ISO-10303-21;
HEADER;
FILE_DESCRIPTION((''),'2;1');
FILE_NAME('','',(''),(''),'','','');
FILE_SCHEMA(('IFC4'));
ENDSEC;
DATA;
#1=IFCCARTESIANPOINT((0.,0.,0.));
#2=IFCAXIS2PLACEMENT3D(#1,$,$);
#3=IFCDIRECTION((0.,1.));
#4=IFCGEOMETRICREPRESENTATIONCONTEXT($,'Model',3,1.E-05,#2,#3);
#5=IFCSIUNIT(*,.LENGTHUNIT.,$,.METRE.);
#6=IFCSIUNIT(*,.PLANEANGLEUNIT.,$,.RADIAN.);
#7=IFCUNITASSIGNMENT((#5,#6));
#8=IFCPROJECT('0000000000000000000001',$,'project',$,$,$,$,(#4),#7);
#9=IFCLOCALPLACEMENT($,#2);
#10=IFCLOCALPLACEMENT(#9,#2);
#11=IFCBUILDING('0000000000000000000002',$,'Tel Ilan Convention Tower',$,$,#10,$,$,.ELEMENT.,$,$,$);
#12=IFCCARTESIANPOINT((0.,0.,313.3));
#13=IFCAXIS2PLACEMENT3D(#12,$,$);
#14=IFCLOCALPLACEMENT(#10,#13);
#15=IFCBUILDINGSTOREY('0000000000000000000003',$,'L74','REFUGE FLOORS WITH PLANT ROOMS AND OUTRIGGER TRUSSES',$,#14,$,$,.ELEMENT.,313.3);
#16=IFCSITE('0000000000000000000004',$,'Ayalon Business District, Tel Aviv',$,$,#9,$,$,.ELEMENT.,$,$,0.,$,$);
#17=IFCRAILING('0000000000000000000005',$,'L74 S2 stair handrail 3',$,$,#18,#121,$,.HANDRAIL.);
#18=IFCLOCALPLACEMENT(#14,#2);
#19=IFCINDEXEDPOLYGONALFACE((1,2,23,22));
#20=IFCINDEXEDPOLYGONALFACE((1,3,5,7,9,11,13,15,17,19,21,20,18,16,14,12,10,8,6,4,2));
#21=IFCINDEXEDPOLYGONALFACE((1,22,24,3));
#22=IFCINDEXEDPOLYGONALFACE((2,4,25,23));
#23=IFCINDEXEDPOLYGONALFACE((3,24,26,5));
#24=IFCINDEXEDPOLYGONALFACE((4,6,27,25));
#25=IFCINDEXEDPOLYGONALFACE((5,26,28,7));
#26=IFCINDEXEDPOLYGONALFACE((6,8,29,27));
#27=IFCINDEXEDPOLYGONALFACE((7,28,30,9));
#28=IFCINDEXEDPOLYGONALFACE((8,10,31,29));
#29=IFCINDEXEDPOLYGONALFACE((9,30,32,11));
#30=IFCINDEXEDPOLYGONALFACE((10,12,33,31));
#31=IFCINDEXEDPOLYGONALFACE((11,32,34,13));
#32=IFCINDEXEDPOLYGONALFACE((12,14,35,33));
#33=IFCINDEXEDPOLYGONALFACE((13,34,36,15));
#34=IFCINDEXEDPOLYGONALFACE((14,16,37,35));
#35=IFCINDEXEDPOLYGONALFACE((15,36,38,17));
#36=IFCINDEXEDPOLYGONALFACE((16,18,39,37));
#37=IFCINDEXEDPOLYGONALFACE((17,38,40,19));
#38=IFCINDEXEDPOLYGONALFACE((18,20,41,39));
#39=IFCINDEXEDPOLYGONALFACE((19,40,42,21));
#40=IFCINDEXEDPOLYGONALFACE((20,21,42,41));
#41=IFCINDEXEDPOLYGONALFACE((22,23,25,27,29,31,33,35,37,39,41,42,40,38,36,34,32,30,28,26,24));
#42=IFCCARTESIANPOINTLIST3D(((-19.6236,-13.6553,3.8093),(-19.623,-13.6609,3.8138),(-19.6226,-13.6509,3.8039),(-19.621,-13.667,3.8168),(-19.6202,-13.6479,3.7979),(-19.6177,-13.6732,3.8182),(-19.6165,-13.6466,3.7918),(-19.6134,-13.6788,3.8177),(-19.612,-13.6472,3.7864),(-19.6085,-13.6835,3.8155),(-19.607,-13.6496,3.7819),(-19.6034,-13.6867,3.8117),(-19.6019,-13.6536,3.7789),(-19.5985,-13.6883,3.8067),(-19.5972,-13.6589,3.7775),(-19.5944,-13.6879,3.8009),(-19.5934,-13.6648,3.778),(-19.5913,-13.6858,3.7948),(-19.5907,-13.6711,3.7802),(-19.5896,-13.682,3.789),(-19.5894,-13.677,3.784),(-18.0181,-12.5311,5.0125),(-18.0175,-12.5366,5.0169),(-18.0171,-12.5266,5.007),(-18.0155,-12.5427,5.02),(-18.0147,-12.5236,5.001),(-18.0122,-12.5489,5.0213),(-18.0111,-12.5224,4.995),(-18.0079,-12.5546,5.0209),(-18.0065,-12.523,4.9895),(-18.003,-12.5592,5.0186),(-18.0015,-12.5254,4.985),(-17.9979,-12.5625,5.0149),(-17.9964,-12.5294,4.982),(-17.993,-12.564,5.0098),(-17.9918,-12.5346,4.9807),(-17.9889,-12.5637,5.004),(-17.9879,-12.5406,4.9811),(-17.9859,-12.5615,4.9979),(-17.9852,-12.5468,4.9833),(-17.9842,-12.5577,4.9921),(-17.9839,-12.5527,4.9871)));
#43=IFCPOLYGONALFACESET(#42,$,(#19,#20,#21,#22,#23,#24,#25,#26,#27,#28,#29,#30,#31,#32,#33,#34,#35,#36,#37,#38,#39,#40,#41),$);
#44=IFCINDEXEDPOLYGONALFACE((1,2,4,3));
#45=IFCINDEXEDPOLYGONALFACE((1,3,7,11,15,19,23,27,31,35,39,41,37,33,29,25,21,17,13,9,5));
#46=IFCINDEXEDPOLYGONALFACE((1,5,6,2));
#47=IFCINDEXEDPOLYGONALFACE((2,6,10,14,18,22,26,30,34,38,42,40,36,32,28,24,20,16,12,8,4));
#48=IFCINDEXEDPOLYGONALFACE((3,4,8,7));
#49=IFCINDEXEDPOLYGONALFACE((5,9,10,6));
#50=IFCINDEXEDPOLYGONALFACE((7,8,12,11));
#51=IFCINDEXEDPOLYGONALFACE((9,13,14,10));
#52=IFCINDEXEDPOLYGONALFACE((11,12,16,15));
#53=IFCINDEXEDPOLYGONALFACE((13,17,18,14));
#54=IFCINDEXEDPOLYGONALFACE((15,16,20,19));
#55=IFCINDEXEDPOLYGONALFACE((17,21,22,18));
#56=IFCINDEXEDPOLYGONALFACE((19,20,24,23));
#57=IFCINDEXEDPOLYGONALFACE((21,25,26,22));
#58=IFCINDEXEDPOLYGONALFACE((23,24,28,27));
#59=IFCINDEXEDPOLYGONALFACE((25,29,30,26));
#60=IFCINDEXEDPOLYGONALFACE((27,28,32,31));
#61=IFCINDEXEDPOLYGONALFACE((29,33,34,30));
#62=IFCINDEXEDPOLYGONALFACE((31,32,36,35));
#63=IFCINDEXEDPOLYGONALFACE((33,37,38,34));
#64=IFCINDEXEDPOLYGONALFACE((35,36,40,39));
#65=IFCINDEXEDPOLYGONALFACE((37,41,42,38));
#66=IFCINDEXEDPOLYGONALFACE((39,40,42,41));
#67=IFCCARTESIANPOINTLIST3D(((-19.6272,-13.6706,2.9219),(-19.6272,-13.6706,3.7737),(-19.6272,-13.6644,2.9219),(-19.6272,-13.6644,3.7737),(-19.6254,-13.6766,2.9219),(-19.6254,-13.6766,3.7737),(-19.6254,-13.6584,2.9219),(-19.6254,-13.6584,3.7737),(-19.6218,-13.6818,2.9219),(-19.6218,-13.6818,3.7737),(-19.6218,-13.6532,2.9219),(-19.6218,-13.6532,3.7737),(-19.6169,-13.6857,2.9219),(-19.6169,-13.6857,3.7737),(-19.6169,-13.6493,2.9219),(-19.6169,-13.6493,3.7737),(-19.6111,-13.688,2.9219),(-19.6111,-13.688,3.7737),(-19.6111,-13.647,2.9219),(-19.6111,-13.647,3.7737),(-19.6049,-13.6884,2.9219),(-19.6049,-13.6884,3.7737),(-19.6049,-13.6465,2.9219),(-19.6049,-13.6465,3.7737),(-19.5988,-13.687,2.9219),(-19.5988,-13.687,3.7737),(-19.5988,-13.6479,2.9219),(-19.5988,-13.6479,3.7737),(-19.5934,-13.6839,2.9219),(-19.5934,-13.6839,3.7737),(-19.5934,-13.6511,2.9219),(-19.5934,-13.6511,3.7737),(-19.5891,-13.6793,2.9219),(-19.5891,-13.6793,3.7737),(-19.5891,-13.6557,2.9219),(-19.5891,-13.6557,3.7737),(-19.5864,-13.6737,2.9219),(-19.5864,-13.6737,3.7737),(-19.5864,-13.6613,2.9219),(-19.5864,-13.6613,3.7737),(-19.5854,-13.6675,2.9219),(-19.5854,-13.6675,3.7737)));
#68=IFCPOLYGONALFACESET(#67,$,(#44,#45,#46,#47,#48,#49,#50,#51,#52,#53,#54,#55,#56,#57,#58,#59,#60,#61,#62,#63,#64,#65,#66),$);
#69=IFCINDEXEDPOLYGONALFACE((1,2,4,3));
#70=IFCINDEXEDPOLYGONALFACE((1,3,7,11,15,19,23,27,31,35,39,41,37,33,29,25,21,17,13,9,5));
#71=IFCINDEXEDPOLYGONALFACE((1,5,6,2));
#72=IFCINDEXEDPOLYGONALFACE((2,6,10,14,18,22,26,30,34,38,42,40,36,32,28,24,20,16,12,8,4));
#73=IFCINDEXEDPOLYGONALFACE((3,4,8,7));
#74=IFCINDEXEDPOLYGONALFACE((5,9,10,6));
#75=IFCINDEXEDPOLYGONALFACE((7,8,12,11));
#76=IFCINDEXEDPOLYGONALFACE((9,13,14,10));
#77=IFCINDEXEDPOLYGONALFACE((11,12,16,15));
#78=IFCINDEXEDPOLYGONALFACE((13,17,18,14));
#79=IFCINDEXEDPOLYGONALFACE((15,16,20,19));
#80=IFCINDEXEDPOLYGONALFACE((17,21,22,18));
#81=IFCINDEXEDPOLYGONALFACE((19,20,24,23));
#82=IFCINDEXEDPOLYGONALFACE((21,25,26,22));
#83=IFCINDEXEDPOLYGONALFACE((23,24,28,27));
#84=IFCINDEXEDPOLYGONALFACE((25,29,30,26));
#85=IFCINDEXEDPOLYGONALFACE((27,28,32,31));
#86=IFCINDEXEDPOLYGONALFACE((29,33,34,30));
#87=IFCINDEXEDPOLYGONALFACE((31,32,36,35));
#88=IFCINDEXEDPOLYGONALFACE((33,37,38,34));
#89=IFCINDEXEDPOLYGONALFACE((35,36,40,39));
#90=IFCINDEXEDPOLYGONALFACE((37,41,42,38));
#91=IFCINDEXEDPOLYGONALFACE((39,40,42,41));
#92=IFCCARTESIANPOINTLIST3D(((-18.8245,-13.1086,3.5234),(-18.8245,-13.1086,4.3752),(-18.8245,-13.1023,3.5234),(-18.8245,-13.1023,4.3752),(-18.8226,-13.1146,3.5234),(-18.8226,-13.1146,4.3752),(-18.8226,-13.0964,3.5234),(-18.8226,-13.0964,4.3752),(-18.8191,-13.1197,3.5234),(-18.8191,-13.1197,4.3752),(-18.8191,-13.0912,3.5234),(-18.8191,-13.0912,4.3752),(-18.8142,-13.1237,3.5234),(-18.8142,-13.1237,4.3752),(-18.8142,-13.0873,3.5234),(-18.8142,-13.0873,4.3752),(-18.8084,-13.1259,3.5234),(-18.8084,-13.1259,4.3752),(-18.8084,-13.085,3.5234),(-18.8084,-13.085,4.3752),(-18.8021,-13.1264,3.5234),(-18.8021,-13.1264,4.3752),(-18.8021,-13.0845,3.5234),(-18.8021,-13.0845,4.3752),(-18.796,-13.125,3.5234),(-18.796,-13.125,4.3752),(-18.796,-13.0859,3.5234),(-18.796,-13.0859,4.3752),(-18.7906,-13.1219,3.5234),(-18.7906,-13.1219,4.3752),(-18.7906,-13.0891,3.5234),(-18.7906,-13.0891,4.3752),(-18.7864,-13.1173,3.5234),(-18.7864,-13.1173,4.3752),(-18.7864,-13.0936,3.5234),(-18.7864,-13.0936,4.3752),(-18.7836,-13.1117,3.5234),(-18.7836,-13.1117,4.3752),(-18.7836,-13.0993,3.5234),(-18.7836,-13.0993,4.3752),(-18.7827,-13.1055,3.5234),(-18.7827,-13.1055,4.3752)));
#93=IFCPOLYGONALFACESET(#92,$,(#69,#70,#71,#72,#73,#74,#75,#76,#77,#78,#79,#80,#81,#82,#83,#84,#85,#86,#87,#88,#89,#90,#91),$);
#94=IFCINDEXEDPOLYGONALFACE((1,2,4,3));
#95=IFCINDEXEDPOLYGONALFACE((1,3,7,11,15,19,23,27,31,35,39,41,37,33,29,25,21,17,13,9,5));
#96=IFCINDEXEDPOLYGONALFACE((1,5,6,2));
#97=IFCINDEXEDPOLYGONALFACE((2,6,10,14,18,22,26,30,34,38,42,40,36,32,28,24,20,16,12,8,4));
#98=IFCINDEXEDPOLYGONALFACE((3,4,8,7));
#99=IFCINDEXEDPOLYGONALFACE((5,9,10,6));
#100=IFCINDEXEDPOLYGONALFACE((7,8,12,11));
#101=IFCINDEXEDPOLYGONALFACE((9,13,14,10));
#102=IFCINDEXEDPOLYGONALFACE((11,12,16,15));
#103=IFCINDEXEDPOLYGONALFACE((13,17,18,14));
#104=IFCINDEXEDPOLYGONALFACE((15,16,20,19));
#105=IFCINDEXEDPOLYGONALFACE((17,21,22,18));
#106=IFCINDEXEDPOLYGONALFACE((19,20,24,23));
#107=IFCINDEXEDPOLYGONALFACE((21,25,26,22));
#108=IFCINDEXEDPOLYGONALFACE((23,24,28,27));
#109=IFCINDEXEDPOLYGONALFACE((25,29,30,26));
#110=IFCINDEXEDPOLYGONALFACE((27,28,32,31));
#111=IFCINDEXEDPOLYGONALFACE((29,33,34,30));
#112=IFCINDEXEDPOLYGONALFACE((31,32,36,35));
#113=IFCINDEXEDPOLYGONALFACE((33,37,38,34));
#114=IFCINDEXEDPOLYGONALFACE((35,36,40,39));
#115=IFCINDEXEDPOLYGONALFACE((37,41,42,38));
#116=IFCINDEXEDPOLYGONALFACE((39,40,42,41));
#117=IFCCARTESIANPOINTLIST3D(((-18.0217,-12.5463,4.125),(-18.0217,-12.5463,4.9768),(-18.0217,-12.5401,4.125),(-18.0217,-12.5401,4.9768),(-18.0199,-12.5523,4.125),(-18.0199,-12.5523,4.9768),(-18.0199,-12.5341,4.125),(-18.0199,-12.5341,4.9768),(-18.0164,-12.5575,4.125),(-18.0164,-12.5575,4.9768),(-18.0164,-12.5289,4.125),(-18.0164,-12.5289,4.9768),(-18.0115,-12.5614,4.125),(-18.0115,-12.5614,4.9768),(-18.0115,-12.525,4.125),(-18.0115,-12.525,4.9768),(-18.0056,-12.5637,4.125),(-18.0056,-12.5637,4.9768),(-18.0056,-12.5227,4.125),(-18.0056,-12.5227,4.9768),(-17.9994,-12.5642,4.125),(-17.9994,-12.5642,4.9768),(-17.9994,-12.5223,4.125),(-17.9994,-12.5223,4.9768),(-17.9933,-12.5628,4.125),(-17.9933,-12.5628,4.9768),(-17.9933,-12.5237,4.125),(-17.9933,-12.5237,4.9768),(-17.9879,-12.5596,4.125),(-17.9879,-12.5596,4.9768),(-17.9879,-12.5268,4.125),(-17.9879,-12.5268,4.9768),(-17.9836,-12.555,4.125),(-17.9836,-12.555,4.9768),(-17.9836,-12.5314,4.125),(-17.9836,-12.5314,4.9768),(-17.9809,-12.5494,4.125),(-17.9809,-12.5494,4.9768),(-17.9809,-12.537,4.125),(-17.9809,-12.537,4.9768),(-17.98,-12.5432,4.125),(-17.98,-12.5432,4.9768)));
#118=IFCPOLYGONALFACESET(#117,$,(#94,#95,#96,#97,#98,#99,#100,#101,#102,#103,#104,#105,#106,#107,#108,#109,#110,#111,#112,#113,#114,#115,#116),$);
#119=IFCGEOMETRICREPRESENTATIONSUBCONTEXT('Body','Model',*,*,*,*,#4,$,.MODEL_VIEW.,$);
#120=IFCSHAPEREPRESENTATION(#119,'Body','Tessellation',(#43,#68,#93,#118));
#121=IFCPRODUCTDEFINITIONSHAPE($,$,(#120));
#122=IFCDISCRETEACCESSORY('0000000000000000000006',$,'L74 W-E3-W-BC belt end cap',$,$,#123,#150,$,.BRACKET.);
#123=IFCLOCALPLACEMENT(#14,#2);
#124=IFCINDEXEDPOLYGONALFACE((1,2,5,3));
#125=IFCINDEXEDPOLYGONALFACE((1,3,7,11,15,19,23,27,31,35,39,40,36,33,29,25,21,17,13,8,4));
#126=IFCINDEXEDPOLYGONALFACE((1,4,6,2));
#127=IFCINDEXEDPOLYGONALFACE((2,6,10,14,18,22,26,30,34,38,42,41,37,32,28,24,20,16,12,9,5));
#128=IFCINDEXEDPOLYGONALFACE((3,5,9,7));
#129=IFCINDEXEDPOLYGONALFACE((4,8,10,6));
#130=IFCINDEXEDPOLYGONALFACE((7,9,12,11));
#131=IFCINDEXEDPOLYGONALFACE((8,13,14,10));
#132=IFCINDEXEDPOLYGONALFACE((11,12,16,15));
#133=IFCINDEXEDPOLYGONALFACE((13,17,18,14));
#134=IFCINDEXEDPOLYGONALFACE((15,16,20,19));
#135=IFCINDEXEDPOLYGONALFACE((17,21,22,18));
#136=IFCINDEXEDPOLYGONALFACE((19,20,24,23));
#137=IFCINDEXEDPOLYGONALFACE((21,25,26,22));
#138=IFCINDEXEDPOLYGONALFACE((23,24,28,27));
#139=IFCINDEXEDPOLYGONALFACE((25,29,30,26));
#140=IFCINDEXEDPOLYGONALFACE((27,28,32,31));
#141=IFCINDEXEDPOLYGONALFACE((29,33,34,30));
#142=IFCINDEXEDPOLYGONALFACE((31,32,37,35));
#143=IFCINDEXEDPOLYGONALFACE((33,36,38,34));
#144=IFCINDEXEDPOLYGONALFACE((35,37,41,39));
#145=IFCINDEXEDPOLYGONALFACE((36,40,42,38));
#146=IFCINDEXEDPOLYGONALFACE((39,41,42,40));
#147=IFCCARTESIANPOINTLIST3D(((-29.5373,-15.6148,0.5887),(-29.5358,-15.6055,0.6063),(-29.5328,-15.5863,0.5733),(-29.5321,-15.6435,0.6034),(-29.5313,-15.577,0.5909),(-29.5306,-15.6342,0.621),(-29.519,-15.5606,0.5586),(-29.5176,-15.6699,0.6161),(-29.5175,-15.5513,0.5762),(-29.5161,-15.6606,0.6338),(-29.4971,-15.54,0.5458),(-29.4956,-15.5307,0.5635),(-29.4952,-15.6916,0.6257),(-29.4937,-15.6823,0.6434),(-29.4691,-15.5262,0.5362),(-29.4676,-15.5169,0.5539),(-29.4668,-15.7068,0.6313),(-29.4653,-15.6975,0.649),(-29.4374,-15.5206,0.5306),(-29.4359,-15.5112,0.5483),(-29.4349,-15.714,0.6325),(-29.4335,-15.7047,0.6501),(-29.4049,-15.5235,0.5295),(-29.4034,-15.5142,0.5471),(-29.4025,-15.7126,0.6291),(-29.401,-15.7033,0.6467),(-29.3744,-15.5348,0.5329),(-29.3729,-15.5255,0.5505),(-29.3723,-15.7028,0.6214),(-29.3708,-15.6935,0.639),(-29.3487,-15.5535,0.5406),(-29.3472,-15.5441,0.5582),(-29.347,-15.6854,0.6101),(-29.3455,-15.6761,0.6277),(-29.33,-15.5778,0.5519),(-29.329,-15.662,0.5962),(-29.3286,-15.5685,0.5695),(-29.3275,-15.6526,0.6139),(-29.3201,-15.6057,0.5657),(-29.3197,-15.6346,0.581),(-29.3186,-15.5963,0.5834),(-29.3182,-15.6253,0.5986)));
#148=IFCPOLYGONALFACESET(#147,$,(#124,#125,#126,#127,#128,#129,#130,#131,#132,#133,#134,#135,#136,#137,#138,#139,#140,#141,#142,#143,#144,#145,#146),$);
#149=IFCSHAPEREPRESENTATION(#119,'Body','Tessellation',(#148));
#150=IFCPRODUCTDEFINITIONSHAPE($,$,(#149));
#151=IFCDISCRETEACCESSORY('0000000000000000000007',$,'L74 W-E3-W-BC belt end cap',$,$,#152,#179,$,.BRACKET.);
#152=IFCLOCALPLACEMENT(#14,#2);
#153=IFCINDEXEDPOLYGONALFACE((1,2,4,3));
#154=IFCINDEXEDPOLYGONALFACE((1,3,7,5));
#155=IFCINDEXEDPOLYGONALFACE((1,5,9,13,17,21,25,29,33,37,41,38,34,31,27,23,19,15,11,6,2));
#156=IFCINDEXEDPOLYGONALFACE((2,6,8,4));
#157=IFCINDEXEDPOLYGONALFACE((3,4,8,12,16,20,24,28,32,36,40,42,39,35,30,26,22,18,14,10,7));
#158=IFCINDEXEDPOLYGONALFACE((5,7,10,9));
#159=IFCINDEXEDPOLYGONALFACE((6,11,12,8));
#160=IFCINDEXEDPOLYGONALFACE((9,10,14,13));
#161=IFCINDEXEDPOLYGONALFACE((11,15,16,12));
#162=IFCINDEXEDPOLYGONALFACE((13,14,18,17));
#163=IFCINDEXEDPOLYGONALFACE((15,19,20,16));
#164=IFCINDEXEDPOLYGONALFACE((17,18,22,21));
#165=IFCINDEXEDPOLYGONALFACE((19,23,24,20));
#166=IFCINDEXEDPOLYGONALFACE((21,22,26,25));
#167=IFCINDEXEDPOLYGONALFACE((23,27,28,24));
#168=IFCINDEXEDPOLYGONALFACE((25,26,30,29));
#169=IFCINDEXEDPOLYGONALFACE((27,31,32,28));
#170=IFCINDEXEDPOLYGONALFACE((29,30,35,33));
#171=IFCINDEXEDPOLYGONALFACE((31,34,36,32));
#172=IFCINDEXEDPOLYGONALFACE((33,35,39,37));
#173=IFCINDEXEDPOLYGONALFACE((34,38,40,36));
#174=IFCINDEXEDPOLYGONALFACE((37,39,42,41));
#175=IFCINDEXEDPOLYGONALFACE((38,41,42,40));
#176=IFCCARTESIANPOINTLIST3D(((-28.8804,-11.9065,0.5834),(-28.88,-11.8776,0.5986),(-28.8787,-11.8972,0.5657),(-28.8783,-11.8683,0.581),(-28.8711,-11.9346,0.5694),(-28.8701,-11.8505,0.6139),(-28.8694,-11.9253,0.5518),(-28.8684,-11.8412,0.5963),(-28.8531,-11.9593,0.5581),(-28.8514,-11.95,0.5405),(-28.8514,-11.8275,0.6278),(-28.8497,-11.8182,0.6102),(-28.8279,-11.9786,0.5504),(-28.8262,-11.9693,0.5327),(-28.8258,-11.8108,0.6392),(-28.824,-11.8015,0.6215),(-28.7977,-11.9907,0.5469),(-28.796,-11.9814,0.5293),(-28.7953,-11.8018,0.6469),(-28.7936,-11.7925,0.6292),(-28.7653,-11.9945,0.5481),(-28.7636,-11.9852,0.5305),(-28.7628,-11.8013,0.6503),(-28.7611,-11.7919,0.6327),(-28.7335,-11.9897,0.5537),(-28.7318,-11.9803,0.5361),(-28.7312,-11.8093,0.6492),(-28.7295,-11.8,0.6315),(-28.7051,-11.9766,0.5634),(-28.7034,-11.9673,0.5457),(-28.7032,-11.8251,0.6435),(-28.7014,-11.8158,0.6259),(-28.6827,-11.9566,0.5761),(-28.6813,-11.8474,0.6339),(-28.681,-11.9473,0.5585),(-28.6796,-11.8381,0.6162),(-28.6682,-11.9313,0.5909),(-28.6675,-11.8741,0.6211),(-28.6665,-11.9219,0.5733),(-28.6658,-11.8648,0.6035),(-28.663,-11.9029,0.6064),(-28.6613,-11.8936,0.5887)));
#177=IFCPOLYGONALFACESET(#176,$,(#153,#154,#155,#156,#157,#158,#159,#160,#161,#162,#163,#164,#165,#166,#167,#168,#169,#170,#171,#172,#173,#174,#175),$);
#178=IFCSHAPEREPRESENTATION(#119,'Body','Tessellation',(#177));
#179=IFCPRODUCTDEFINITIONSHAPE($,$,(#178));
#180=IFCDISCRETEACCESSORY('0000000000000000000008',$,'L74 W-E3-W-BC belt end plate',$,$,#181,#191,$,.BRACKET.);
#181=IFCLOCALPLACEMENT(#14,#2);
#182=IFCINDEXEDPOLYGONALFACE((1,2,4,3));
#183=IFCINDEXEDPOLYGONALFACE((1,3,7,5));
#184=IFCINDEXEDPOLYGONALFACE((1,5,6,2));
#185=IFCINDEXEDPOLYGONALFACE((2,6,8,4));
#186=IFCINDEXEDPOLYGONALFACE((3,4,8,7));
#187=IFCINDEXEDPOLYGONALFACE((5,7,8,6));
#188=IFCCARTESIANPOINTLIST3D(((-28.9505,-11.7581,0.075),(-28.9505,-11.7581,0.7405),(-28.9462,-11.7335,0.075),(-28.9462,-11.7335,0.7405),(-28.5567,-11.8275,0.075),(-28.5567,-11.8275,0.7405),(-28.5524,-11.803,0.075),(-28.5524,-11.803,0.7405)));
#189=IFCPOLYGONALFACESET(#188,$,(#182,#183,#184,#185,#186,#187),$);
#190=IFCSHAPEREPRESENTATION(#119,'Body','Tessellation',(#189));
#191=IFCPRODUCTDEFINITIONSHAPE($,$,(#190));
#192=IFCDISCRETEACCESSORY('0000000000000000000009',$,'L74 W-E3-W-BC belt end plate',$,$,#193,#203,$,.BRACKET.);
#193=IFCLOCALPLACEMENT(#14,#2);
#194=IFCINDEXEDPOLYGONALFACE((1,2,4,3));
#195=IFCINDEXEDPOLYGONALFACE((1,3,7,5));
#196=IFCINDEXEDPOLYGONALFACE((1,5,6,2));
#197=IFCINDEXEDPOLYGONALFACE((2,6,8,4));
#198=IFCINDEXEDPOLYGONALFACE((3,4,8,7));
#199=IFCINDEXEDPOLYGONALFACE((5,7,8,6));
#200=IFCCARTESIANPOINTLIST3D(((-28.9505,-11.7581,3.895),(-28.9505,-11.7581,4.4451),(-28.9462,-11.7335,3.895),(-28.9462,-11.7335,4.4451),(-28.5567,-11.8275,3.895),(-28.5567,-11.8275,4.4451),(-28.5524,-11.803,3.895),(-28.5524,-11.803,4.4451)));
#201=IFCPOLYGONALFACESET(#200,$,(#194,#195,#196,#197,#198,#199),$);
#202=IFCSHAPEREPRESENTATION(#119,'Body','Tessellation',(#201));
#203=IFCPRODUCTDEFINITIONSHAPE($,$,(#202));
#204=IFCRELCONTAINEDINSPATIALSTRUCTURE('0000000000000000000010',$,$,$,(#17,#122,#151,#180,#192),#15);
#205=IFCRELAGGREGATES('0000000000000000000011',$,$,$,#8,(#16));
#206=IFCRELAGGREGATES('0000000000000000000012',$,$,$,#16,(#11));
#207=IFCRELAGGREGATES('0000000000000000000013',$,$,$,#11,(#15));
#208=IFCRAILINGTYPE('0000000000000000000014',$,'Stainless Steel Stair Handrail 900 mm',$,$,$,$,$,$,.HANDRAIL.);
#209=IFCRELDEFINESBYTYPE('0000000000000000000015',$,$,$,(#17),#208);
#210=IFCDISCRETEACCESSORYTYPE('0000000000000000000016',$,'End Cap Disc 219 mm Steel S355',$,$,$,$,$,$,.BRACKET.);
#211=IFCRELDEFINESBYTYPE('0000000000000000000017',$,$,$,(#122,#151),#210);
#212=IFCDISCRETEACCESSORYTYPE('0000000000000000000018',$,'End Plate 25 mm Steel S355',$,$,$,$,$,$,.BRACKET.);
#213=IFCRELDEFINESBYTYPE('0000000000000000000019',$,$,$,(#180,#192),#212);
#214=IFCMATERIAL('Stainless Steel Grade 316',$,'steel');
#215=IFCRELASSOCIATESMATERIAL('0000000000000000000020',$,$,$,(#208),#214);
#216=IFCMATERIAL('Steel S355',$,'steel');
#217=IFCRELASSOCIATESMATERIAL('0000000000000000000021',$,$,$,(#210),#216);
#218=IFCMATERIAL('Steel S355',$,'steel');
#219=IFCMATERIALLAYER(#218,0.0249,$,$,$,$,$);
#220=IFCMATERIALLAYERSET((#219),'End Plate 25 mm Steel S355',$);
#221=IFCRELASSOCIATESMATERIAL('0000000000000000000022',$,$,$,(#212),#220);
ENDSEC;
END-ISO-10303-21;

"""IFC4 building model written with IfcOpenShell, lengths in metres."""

from ifc_helpers import new_model, si_unit, direction, frame, origin, origin_2d, place, context, subcontext, project, spatial, rectangle, circle, extrude, material, layer, layer_set, material_profile, profile_set, type_object, element, save


model = new_model("IFC4")

# Units and contexts
model_context = context("Model", 3, precision=1e-05, world=origin(), true_north=direction((0.0, 1.0)))
body_context = subcontext(model_context, "Body", "Model", "MODEL_VIEW")
ifc_project = project(units=[si_unit("LENGTHUNIT", "METRE"), si_unit("PLANEANGLEUNIT", "RADIAN")], contexts=[model_context])

# Site, building, storey
site_placement = place(None, origin())
site = spatial("IfcSite", under=ifc_project, at=site_placement, Name="Ayalon Business District, Tel Aviv", CompositionType="ELEMENT", RefElevation=0.0)
building_placement = place(site_placement, origin())
building = spatial("IfcBuilding", under=site, at=building_placement, Name="Tel Ilan Convention Tower", CompositionType="ELEMENT")
storey_placement = place(building_placement, frame((0.0, 0.0, 313.3)))
storey = spatial("IfcBuildingStorey", under=building, at=storey_placement, Name="L74", Description="REFUGE FLOORS WITH PLANT ROOMS AND OUTRIGGER TRUSSES", CompositionType="ELEMENT", Elevation=313.3)

# Railing
ifc_material_1 = material(Name="Stainless Steel Grade 316", Category="steel")
railing_type_1 = type_object("IfcRailingType", Name="Stainless Steel Stair Handrail 900 mm", PredefinedType="HANDRAIL", material=ifc_material_1)
for number, where, name in (
    (1, (-19.6064, -13.6675, 2.9219), "L74 S2 stair handrail 3"),
):
    element("IfcRailing", number, at=place(storey_placement, frame(where)), inside=storey, type_object=railing_type_1, Name=name, PredefinedType="HANDRAIL", context=body_context, shape_type="SweptSolid", body=[
        extrude(circle(Radius=0.0239, at=origin_2d()), frame((0.0, 0.0, 0.876), z_axis=(0.698095, 0.488857, 0.523146), x_axis=(-0.573613, 0.819127, 0.0)), (0.0, 0.0, 1.0), 2.2998),
        extrude(circle(Radius=0.021, at=origin_2d()), origin(), (0.0, 0.0, 1.0), 0.8518),
        extrude(circle(Radius=0.021, at=origin_2d()), frame((0.8027, 0.562, 0.6016)), (0.0, 0.0, 1.0), 0.8518),
        extrude(circle(Radius=0.021, at=origin_2d()), frame((1.6055, 1.1243, 1.2031)), (0.0, 0.0, 1.0), 0.8518),
    ])

# Discrete accessories
ifc_material_2 = material(Name="Steel S355", Category="steel")
ifc_material_profile_1 = material_profile(ifc_material_2, circle(Radius=0.1096, at=origin_2d()), Name="End Cap Disc 219 mm Steel S355")
ifc_profile_set_1 = profile_set([ifc_material_profile_1], Name="Steel S355")
discrete_accessory_type_1 = type_object("IfcDiscreteAccessoryType", Name="End Cap Disc 219 mm Steel S355", PredefinedType="BRACKET", material=ifc_profile_set_1)
for number, where, z_axis, x_axis, name in (
    (2, (-29.4265, -15.6082, 0.5986), (-0.073499, -0.465496, -0.881993), (0.987763, -0.155963, 0.0), "L74 W-E3-W-BC belt end cap"),
    (3, (-28.7722, -11.8975, 0.5986), (0.085666, 0.465043, -0.881134), (-0.983453, 0.181162, 0.0), "L74 W-E3-W-BC belt end cap"),
):
    element("IfcDiscreteAccessory", number, at=place(storey_placement, frame(where, z_axis=z_axis, x_axis=x_axis)), inside=storey, type_object=discrete_accessory_type_1, Name=name, PredefinedType="BRACKET", context=body_context, shape_type="SweptSolid", body=[
        extrude(circle(Radius=0.1096, at=origin_2d()), origin(), (0.0, 0.0, 1.0), 0.02),
    ])
ifc_material_3 = material(Name="Steel S355", Category="steel")
ifc_layer_1 = layer(ifc_material_3, 0.0249)
ifc_layer_set_1 = layer_set([ifc_layer_1], Name="End Plate 25 mm Steel S355")
discrete_accessory_type_2 = type_object("IfcDiscreteAccessoryType", Name="End Plate 25 mm Steel S355", PredefinedType="BRACKET", material=ifc_layer_set_1)
discrete_accessory_1_placement = place(storey_placement, frame((-28.7515, -11.7805, 0.075), z_axis=(0.0, 0.0, 1.0), x_axis=(0.173648, 0.984808, 0.0)))
element("IfcDiscreteAccessory", 4, at=discrete_accessory_1_placement, inside=storey, type_object=discrete_accessory_type_2, Name="L74 W-E3-W-BC belt end plate", PredefinedType="BRACKET", context=body_context, shape_type="SweptSolid", body=[
    extrude(rectangle(XDim=0.0249, YDim=0.3999, at=origin_2d()), origin(), (0.0, 0.0, 1.0), 0.6655),
])
discrete_accessory_2_placement = place(storey_placement, frame((-28.7515, -11.7805, 3.895), z_axis=(0.0, 0.0, 1.0), x_axis=(0.173648, 0.984808, 0.0)))
element("IfcDiscreteAccessory", 5, at=discrete_accessory_2_placement, inside=storey, type_object=discrete_accessory_type_2, Name="L74 W-E3-W-BC belt end plate", PredefinedType="BRACKET", context=body_context, shape_type="SweptSolid", body=[
    extrude(rectangle(XDim=0.0249, YDim=0.3999, at=origin_2d()), origin(), (0.0, 0.0, 1.0), 0.55),
])

save(model, "model.ifc")
